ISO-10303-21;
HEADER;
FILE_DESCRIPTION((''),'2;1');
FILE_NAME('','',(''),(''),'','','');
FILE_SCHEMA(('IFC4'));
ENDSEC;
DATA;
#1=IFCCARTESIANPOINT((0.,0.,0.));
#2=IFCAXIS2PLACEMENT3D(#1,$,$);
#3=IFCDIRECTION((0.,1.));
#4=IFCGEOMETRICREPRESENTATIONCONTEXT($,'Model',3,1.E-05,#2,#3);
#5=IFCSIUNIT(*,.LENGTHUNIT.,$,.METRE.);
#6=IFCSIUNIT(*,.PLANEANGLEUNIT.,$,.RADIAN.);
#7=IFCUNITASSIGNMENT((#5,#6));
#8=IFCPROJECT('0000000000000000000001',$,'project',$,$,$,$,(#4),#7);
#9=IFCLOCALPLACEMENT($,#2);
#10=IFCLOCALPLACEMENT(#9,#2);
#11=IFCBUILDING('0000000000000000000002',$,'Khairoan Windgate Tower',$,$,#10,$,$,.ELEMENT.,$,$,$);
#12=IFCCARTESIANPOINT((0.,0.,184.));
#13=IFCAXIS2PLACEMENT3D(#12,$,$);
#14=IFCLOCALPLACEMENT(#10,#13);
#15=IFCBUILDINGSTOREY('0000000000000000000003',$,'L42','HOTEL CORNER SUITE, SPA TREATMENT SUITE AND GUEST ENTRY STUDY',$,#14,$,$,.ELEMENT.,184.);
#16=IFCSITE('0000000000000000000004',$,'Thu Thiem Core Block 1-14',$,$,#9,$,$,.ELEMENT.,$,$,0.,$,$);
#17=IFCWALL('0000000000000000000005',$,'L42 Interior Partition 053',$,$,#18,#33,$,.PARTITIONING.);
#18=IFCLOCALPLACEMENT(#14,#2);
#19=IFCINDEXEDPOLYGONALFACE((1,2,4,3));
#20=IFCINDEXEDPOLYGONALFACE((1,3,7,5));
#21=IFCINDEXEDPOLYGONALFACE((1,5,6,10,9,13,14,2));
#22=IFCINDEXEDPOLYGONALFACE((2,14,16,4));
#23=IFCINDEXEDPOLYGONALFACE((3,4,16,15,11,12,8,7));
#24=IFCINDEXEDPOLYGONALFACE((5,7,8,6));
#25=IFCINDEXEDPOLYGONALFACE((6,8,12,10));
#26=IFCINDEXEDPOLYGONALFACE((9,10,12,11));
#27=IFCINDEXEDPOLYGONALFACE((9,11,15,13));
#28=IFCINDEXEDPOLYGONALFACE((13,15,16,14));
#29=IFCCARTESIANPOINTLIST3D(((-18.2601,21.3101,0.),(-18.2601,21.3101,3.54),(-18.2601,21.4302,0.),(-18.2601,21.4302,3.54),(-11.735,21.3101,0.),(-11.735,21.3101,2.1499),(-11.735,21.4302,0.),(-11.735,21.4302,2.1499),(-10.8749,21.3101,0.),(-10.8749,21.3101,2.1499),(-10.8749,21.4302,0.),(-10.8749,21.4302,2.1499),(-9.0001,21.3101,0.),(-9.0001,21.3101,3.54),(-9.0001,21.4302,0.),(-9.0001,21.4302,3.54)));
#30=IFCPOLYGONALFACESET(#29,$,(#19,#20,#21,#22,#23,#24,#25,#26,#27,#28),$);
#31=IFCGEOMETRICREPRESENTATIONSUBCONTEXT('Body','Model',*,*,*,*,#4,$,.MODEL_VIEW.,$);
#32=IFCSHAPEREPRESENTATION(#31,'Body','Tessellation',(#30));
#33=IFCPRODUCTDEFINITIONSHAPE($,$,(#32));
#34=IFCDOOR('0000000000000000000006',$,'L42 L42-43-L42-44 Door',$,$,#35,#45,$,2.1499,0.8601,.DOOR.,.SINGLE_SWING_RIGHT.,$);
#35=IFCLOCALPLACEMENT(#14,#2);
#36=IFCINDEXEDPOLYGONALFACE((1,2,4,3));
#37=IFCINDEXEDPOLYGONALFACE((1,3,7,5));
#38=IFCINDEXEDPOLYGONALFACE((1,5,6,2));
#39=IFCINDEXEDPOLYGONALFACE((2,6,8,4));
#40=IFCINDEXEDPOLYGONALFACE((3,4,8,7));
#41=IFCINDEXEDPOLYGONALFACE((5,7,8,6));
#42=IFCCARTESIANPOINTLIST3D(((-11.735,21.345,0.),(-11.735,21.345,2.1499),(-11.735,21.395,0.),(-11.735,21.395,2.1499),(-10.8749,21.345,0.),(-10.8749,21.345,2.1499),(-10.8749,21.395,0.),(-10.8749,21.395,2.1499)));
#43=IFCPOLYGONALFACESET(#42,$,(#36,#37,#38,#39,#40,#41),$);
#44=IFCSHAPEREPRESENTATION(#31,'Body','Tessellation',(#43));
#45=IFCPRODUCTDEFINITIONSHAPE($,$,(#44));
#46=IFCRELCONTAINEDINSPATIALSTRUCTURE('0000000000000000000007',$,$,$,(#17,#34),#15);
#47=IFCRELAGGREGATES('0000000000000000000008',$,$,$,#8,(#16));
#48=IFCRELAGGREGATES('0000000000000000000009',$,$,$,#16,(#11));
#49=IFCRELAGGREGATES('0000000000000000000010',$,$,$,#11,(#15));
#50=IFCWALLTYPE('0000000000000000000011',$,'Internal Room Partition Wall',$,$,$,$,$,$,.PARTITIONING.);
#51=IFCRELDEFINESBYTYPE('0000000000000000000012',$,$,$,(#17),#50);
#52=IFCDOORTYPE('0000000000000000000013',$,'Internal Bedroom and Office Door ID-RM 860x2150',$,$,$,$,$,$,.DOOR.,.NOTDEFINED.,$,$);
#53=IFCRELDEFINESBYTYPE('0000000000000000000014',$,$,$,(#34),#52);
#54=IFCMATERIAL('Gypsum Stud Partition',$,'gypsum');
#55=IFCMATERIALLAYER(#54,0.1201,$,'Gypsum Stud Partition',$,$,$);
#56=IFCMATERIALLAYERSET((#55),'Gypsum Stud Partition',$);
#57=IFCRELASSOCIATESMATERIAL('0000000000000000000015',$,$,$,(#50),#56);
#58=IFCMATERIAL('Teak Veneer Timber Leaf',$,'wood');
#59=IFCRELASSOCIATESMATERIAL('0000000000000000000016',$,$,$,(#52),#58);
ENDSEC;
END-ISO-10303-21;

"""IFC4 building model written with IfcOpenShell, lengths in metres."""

from ifc_helpers import new_model, si_unit, direction, frame, frame_2d, origin, place, context, subcontext, project, spatial, rectangle, extrude, material, layer, layer_set, type_object, element, fill, save


model = new_model("IFC4")

# Units and contexts
model_context = context("Model", 3, precision=1e-05, world=origin(), true_north=direction((0.0, 1.0)))
body_context = subcontext(model_context, "Body", "Model", "MODEL_VIEW")
ifc_project = project(units=[si_unit("LENGTHUNIT", "METRE"), si_unit("PLANEANGLEUNIT", "RADIAN")], contexts=[model_context])

# Site, building, storey
site_placement = place(None, origin())
site = spatial("IfcSite", under=ifc_project, at=site_placement, Name="Thu Thiem Core Block 1-14", CompositionType="ELEMENT", RefElevation=0.0)
building_placement = place(site_placement, origin())
building = spatial("IfcBuilding", under=site, at=building_placement, Name="Khairoan Windgate Tower", CompositionType="ELEMENT")
storey_placement = place(building_placement, frame((0.0, 0.0, 184.0)))
storey = spatial("IfcBuildingStorey", under=building, at=storey_placement, Name="L42", Description="HOTEL CORNER SUITE, SPA TREATMENT SUITE AND GUEST ENTRY STUDY", CompositionType="ELEMENT", Elevation=184.0)

# Wall, opening, door
ifc_material_1 = material(Name="Gypsum Stud Partition", Category="gypsum")
ifc_layer_1 = layer(ifc_material_1, 0.1201, Name="Gypsum Stud Partition")
ifc_layer_set_1 = layer_set([ifc_layer_1], Name="Gypsum Stud Partition")
wall_type_1 = type_object("IfcWallType", Name="Internal Room Partition Wall", PredefinedType="PARTITIONING", material=ifc_layer_set_1)
wall_1_placement = place(storey_placement, frame((-18.26, 21.3701, 0.0), z_axis=(0.0, 0.0, 1.0), x_axis=(1.0, 0.0, 0.0)))
wall_1 = element("IfcWall", 1, at=wall_1_placement, inside=storey, type_object=wall_type_1, Name="L42 Interior Partition 053", PredefinedType="PARTITIONING", context=body_context, shape_type="SweptSolid", body=[
    extrude(rectangle(XDim=9.26, YDim=0.1201, at=frame_2d((4.6299, 0.0))), origin(), (0.0, 0.0, 1.0), 3.54),
])
opening_1_placement = place(wall_1_placement, frame((6.5249, 0.0, 0.0)))
opening_1 = element("IfcOpeningElement", 2, at=opening_1_placement, cuts=wall_1, PredefinedType="OPENING", context=body_context, shape_type="SweptSolid", body=[
    extrude(rectangle(XDim=0.8601, YDim=2.1499, at=frame_2d((0.4302, 1.075))), frame((0.0, 0.0701, 0.0), z_axis=(0.0, -1.0, 0.0), x_axis=(1.0, 0.0, 0.0)), (0.0, 0.0, 1.0), 0.1401),
])
ifc_material_2 = material(Name="Teak Veneer Timber Leaf", Category="wood")
door_type_1 = type_object("IfcDoorType", Name="Internal Bedroom and Office Door ID-RM 860x2150", OperationType="NOTDEFINED", PredefinedType="DOOR", material=ifc_material_2)
door_1_placement = place(opening_1_placement, origin())
door_1 = element("IfcDoor", 3, at=door_1_placement, inside=storey, type_object=door_type_1, Name="L42 L42-43-L42-44 Door", OperationType="SINGLE_SWING_RIGHT", OverallHeight=2.1499, OverallWidth=0.8601, PredefinedType="DOOR", context=body_context, shape_type="SweptSolid", body=[
    extrude(rectangle(XDim=0.8601, YDim=2.1499, at=frame_2d((0.4302, 1.075))), frame((0.0, 0.0249, 0.0), z_axis=(0.0, -1.0, 0.0), x_axis=(1.0, 0.0, 0.0)), (0.0, 0.0, 1.0), 0.05),
])
fill(opening_1, door_1)

save(model, "model.ifc")
